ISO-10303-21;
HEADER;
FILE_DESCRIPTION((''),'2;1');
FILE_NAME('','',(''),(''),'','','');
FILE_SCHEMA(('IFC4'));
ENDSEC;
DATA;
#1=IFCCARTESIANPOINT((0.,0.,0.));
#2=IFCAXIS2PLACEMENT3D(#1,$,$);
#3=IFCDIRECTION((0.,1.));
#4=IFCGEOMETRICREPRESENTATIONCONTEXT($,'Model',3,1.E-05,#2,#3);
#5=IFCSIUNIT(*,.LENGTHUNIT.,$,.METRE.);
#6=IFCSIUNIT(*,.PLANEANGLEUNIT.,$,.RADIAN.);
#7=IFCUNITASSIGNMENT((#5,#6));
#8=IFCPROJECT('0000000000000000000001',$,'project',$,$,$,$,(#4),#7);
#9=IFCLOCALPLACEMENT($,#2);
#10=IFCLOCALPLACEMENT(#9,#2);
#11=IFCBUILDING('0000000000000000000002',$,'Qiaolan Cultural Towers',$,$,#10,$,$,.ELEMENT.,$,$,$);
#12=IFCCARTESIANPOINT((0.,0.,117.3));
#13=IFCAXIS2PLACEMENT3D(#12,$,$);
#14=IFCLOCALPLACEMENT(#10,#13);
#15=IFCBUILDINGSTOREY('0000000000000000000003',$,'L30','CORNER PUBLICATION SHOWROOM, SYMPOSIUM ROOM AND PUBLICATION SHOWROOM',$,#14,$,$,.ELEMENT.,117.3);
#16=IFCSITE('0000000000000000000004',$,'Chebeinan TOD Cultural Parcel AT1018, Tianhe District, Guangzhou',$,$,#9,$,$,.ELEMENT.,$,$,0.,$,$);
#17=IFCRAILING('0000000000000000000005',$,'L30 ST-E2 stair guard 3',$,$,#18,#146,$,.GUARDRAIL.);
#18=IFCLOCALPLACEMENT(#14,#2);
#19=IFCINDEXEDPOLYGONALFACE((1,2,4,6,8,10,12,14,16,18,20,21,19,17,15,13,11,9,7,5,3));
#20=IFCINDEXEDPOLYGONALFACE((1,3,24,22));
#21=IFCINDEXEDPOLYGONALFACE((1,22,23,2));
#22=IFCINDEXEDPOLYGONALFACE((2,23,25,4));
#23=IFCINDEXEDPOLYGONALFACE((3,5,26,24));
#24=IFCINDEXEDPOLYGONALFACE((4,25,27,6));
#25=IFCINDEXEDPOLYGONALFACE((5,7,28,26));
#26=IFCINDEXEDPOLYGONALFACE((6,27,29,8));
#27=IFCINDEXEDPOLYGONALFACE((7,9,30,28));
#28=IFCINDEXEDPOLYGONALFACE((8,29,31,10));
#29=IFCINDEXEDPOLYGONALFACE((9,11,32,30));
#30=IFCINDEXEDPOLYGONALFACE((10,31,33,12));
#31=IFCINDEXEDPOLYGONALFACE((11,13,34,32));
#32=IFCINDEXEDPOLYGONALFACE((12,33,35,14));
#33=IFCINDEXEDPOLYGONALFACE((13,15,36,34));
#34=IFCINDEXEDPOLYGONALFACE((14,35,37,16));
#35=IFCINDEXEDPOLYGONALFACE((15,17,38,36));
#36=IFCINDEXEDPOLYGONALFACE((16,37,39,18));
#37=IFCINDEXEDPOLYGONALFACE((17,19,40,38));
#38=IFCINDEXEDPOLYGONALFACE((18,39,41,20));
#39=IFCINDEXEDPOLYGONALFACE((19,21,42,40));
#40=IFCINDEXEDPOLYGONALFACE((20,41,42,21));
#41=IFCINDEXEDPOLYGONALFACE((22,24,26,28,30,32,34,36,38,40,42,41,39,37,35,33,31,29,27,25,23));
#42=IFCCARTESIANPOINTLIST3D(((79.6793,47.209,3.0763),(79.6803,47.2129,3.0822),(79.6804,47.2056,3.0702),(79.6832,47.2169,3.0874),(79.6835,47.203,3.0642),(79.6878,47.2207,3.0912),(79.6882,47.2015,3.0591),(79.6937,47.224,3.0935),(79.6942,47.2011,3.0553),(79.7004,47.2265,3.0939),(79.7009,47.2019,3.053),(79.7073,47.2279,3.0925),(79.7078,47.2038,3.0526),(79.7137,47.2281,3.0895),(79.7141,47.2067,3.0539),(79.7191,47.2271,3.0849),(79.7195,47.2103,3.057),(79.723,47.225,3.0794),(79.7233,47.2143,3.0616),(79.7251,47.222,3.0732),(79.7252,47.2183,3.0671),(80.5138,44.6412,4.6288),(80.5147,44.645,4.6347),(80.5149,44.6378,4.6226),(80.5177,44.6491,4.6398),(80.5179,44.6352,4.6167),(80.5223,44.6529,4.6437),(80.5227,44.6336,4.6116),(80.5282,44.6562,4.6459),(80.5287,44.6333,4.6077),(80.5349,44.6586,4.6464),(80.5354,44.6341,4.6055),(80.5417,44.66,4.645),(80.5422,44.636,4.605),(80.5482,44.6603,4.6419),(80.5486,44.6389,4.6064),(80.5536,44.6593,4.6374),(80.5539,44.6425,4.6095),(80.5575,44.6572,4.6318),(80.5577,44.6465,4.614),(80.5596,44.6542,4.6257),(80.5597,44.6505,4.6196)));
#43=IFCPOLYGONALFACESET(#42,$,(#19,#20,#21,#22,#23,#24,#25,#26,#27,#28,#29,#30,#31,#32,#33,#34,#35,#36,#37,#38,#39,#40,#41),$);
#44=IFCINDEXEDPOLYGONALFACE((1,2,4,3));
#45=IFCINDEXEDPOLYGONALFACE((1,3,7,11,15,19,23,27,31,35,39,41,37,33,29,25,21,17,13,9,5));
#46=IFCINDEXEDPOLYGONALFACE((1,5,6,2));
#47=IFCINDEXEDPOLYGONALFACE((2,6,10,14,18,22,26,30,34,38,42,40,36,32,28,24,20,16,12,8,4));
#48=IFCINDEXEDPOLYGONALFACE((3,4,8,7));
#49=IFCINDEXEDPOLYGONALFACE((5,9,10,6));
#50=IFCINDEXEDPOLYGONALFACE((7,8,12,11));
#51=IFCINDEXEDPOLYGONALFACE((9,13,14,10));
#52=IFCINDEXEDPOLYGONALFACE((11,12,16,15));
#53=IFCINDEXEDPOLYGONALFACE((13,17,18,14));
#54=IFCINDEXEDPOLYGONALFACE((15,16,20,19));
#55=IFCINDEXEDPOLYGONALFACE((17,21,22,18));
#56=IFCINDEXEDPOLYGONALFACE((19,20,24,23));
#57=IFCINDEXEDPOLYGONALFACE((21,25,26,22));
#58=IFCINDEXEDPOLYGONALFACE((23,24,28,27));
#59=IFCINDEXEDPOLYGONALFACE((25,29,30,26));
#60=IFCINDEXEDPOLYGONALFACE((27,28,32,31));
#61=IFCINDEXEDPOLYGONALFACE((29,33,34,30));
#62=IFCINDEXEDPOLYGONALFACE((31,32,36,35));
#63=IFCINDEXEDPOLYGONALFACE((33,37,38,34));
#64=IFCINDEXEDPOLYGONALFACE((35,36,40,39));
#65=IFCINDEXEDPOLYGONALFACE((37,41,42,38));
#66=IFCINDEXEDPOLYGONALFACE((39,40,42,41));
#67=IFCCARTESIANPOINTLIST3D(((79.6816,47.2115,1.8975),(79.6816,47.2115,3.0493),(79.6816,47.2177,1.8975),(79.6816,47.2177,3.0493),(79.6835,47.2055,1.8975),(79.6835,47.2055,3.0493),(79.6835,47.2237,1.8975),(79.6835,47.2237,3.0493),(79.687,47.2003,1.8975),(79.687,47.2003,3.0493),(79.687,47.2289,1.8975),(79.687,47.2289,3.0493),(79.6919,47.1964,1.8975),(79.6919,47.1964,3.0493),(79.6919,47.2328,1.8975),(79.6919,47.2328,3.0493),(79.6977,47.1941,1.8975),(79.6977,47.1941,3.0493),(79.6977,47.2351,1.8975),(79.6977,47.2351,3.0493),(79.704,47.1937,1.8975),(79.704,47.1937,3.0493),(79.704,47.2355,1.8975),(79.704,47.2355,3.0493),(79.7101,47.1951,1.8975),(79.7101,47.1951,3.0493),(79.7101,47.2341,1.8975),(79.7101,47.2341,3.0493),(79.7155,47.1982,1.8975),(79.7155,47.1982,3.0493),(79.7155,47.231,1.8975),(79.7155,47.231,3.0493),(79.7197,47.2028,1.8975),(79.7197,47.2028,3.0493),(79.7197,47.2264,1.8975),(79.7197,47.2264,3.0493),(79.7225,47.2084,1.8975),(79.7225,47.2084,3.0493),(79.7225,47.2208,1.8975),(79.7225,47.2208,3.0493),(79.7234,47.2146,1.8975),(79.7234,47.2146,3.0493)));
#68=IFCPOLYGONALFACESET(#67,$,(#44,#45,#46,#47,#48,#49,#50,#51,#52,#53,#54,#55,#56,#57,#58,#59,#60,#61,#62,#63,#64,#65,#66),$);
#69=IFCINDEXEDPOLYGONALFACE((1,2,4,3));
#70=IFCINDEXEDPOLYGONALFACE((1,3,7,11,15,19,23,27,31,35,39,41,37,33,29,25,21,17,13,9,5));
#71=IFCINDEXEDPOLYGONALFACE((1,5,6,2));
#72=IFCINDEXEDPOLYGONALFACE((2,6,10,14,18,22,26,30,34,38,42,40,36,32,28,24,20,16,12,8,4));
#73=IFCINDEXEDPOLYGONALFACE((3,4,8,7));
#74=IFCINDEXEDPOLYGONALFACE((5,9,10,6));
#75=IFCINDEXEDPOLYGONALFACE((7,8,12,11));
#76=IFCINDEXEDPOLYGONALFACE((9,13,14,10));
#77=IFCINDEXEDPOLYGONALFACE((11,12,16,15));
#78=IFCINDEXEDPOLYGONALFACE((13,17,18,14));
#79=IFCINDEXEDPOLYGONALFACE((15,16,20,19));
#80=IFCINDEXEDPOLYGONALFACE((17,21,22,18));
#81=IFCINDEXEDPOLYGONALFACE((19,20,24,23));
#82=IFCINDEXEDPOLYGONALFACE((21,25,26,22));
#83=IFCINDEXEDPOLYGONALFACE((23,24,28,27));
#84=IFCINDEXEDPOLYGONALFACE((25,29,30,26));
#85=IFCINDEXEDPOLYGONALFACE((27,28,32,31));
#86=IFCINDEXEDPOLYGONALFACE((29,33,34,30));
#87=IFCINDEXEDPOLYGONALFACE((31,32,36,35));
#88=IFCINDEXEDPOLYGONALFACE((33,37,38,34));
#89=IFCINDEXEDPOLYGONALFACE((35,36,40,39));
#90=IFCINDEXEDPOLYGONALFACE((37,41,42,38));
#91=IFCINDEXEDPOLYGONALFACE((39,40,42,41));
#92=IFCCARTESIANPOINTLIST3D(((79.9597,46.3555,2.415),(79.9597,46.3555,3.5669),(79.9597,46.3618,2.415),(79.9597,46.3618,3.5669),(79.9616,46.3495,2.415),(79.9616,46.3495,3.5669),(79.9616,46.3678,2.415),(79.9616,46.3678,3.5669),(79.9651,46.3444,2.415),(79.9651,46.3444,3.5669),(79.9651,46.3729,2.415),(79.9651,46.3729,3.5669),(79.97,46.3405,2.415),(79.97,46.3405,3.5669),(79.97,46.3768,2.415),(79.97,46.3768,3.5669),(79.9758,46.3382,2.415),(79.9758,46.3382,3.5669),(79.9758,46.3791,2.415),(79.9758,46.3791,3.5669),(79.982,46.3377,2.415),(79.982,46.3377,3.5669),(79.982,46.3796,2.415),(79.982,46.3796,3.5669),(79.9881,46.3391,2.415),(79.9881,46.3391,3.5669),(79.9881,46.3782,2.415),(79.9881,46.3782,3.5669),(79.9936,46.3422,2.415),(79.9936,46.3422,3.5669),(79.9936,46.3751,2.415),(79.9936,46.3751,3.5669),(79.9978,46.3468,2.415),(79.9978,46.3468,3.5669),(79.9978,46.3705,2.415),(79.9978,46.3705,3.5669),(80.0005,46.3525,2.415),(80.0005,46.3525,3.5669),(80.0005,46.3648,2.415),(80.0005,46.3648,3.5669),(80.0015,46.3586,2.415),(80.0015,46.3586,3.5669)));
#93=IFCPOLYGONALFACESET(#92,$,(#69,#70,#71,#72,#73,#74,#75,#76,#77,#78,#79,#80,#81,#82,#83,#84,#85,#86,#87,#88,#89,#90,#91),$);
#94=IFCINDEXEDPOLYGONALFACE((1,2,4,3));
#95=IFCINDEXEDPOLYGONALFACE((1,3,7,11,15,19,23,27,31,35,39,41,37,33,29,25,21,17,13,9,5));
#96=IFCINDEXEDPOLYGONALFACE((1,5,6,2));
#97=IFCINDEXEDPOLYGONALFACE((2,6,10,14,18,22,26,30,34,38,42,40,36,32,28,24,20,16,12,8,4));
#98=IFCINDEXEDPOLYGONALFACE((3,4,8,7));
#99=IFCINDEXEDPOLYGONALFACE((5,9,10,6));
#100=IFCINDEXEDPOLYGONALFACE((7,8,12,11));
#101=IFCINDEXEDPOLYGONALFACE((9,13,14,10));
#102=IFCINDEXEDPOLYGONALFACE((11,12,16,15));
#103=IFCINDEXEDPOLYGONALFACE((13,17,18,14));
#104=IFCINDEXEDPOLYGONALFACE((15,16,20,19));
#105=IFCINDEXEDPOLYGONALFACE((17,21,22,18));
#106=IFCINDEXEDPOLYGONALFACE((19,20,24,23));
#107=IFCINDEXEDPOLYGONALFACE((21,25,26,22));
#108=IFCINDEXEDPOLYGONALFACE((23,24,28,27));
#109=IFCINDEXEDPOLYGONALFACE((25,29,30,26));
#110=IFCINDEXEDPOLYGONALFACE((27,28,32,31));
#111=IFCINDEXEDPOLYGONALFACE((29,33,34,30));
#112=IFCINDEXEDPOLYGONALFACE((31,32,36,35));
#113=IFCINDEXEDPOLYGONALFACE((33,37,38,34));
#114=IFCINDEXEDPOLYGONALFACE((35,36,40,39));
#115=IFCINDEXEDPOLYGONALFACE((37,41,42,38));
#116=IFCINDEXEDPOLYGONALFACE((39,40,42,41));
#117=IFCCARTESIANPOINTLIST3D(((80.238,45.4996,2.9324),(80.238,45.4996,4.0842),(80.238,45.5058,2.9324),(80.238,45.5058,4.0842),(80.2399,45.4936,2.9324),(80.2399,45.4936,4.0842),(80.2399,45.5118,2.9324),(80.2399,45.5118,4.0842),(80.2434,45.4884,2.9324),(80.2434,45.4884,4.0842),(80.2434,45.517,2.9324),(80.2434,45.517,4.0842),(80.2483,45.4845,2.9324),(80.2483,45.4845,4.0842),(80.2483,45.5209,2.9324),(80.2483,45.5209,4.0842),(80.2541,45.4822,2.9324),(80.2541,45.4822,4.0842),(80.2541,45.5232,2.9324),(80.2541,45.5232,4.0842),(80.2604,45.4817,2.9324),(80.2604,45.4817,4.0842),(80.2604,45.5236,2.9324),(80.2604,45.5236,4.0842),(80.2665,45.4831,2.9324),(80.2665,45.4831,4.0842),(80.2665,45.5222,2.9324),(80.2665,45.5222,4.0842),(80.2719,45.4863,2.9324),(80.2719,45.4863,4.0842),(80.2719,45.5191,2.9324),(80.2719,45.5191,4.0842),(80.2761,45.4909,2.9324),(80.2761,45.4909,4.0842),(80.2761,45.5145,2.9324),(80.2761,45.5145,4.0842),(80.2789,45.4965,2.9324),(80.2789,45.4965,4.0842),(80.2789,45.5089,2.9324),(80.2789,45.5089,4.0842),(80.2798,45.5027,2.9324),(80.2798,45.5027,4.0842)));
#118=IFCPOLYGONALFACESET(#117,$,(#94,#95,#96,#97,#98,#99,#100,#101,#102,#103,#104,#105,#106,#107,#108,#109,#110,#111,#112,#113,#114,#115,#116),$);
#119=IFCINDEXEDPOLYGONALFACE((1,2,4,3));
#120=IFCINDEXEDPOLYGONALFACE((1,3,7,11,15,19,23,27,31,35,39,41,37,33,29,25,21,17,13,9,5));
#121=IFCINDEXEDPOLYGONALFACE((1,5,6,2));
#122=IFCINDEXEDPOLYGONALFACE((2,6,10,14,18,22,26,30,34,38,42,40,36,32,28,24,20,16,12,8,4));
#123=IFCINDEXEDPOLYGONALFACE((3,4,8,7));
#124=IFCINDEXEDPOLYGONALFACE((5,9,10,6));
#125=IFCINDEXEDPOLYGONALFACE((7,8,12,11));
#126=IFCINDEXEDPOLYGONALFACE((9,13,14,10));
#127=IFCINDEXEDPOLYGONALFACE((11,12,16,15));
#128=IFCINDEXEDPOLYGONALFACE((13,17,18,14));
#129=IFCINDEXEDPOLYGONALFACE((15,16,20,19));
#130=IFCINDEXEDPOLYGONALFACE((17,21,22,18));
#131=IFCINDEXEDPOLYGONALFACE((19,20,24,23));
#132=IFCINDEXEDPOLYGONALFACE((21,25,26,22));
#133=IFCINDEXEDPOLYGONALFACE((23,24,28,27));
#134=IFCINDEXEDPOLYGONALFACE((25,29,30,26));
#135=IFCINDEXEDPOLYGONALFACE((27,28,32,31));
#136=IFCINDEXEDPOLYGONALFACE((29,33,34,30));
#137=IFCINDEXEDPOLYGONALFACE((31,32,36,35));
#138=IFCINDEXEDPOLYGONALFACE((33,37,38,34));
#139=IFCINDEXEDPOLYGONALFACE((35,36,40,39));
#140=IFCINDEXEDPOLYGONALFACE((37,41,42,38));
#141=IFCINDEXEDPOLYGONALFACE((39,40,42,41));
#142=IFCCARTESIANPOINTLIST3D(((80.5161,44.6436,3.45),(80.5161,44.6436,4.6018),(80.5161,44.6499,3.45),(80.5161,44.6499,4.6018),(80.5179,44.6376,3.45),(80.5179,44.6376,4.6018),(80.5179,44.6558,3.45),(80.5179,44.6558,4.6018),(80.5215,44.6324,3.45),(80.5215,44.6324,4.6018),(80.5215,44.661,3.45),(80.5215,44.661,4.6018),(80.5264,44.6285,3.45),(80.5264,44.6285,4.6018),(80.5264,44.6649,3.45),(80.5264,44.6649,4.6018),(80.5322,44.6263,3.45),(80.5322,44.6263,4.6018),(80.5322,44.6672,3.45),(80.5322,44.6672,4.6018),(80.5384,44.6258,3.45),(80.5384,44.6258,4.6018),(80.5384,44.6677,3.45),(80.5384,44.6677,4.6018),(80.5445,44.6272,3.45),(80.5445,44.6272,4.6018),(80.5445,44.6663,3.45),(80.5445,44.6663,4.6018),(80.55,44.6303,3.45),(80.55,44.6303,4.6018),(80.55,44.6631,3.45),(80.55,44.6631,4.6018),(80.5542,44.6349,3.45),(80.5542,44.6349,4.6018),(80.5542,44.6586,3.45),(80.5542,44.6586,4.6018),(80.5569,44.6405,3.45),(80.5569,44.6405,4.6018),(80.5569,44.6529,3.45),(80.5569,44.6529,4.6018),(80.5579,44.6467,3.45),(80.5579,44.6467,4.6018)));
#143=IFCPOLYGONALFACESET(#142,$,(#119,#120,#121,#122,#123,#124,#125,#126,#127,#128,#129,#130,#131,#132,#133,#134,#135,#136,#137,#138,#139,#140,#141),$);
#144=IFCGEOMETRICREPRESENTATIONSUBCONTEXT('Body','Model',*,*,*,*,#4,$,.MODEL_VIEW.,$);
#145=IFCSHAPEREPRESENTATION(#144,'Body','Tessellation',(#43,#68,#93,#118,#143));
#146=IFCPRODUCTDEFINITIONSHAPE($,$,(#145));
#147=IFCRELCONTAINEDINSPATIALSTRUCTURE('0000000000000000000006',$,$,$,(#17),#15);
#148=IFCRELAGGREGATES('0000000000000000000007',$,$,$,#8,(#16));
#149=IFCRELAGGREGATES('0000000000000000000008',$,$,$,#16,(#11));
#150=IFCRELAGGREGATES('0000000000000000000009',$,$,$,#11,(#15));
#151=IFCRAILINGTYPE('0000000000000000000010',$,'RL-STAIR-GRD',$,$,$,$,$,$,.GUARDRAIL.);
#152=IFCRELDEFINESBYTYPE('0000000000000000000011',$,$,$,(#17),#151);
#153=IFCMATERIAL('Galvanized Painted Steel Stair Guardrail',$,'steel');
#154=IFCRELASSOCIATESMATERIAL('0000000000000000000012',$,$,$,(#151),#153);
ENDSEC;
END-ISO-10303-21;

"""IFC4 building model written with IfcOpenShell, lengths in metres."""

from ifc_helpers import new_model, si_unit, direction, frame, origin, origin_2d, place, context, subcontext, project, spatial, circle, extrude, material, type_object, element, save


model = new_model("IFC4")

# Units and contexts
model_context = context("Model", 3, precision=1e-05, world=origin(), true_north=direction((0.0, 1.0)))
body_context = subcontext(model_context, "Body", "Model", "MODEL_VIEW")
ifc_project = project(units=[si_unit("LENGTHUNIT", "METRE"), si_unit("PLANEANGLEUNIT", "RADIAN")], contexts=[model_context])

# Site, building, storey
site_placement = place(None, origin())
site = spatial("IfcSite", under=ifc_project, at=site_placement, Name="Chebeinan TOD Cultural Parcel AT1018, Tianhe District, Guangzhou", CompositionType="ELEMENT", RefElevation=0.0)
building_placement = place(site_placement, origin())
building = spatial("IfcBuilding", under=site, at=building_placement, Name="Qiaolan Cultural Towers", CompositionType="ELEMENT")
storey_placement = place(building_placement, frame((0.0, 0.0, 117.3)))
storey = spatial("IfcBuildingStorey", under=building, at=storey_placement, Name="L30", Description="CORNER PUBLICATION SHOWROOM, SYMPOSIUM ROOM AND PUBLICATION SHOWROOM", CompositionType="ELEMENT", Elevation=117.3)

# Railing
ifc_material_1 = material(Name="Galvanized Painted Steel Stair Guardrail", Category="steel")
railing_type_1 = type_object("IfcRailingType", Name="RL-STAIR-GRD", PredefinedType="GUARDRAIL", material=ifc_material_1)
railing_1_placement = place(storey_placement, frame((79.7024, 47.2146, 1.8975)))
element("IfcRailing", 1, at=railing_1_placement, inside=storey, type_object=railing_type_1, Name="L30 ST-E2 stair guard 3", PredefinedType="GUARDRAIL", context=body_context, shape_type="SweptSolid", body=[
    extrude(circle(Radius=0.0239, at=origin_2d()), frame((0.0, 0.0, 1.1758), z_axis=(0.267926, -0.824471, 0.498461), x_axis=(0.951043, 0.309057, 0.0)), (0.0, 0.0, 1.0), 3.1145),
    extrude(circle(Radius=0.021, at=origin_2d()), origin(), (0.0, 0.0, 1.0), 1.1519),
    extrude(circle(Radius=0.021, at=origin_2d()), frame((0.2781, -0.856, 0.5176)), (0.0, 0.0, 1.0), 1.1519),
    extrude(circle(Radius=0.021, at=origin_2d()), frame((0.5564, -1.7119, 1.0349)), (0.0, 0.0, 1.0), 1.1519),
    extrude(circle(Radius=0.021, at=origin_2d()), frame((0.8345, -2.5679, 1.5525)), (0.0, 0.0, 1.0), 1.1519),
])

save(model, "model.ifc")
